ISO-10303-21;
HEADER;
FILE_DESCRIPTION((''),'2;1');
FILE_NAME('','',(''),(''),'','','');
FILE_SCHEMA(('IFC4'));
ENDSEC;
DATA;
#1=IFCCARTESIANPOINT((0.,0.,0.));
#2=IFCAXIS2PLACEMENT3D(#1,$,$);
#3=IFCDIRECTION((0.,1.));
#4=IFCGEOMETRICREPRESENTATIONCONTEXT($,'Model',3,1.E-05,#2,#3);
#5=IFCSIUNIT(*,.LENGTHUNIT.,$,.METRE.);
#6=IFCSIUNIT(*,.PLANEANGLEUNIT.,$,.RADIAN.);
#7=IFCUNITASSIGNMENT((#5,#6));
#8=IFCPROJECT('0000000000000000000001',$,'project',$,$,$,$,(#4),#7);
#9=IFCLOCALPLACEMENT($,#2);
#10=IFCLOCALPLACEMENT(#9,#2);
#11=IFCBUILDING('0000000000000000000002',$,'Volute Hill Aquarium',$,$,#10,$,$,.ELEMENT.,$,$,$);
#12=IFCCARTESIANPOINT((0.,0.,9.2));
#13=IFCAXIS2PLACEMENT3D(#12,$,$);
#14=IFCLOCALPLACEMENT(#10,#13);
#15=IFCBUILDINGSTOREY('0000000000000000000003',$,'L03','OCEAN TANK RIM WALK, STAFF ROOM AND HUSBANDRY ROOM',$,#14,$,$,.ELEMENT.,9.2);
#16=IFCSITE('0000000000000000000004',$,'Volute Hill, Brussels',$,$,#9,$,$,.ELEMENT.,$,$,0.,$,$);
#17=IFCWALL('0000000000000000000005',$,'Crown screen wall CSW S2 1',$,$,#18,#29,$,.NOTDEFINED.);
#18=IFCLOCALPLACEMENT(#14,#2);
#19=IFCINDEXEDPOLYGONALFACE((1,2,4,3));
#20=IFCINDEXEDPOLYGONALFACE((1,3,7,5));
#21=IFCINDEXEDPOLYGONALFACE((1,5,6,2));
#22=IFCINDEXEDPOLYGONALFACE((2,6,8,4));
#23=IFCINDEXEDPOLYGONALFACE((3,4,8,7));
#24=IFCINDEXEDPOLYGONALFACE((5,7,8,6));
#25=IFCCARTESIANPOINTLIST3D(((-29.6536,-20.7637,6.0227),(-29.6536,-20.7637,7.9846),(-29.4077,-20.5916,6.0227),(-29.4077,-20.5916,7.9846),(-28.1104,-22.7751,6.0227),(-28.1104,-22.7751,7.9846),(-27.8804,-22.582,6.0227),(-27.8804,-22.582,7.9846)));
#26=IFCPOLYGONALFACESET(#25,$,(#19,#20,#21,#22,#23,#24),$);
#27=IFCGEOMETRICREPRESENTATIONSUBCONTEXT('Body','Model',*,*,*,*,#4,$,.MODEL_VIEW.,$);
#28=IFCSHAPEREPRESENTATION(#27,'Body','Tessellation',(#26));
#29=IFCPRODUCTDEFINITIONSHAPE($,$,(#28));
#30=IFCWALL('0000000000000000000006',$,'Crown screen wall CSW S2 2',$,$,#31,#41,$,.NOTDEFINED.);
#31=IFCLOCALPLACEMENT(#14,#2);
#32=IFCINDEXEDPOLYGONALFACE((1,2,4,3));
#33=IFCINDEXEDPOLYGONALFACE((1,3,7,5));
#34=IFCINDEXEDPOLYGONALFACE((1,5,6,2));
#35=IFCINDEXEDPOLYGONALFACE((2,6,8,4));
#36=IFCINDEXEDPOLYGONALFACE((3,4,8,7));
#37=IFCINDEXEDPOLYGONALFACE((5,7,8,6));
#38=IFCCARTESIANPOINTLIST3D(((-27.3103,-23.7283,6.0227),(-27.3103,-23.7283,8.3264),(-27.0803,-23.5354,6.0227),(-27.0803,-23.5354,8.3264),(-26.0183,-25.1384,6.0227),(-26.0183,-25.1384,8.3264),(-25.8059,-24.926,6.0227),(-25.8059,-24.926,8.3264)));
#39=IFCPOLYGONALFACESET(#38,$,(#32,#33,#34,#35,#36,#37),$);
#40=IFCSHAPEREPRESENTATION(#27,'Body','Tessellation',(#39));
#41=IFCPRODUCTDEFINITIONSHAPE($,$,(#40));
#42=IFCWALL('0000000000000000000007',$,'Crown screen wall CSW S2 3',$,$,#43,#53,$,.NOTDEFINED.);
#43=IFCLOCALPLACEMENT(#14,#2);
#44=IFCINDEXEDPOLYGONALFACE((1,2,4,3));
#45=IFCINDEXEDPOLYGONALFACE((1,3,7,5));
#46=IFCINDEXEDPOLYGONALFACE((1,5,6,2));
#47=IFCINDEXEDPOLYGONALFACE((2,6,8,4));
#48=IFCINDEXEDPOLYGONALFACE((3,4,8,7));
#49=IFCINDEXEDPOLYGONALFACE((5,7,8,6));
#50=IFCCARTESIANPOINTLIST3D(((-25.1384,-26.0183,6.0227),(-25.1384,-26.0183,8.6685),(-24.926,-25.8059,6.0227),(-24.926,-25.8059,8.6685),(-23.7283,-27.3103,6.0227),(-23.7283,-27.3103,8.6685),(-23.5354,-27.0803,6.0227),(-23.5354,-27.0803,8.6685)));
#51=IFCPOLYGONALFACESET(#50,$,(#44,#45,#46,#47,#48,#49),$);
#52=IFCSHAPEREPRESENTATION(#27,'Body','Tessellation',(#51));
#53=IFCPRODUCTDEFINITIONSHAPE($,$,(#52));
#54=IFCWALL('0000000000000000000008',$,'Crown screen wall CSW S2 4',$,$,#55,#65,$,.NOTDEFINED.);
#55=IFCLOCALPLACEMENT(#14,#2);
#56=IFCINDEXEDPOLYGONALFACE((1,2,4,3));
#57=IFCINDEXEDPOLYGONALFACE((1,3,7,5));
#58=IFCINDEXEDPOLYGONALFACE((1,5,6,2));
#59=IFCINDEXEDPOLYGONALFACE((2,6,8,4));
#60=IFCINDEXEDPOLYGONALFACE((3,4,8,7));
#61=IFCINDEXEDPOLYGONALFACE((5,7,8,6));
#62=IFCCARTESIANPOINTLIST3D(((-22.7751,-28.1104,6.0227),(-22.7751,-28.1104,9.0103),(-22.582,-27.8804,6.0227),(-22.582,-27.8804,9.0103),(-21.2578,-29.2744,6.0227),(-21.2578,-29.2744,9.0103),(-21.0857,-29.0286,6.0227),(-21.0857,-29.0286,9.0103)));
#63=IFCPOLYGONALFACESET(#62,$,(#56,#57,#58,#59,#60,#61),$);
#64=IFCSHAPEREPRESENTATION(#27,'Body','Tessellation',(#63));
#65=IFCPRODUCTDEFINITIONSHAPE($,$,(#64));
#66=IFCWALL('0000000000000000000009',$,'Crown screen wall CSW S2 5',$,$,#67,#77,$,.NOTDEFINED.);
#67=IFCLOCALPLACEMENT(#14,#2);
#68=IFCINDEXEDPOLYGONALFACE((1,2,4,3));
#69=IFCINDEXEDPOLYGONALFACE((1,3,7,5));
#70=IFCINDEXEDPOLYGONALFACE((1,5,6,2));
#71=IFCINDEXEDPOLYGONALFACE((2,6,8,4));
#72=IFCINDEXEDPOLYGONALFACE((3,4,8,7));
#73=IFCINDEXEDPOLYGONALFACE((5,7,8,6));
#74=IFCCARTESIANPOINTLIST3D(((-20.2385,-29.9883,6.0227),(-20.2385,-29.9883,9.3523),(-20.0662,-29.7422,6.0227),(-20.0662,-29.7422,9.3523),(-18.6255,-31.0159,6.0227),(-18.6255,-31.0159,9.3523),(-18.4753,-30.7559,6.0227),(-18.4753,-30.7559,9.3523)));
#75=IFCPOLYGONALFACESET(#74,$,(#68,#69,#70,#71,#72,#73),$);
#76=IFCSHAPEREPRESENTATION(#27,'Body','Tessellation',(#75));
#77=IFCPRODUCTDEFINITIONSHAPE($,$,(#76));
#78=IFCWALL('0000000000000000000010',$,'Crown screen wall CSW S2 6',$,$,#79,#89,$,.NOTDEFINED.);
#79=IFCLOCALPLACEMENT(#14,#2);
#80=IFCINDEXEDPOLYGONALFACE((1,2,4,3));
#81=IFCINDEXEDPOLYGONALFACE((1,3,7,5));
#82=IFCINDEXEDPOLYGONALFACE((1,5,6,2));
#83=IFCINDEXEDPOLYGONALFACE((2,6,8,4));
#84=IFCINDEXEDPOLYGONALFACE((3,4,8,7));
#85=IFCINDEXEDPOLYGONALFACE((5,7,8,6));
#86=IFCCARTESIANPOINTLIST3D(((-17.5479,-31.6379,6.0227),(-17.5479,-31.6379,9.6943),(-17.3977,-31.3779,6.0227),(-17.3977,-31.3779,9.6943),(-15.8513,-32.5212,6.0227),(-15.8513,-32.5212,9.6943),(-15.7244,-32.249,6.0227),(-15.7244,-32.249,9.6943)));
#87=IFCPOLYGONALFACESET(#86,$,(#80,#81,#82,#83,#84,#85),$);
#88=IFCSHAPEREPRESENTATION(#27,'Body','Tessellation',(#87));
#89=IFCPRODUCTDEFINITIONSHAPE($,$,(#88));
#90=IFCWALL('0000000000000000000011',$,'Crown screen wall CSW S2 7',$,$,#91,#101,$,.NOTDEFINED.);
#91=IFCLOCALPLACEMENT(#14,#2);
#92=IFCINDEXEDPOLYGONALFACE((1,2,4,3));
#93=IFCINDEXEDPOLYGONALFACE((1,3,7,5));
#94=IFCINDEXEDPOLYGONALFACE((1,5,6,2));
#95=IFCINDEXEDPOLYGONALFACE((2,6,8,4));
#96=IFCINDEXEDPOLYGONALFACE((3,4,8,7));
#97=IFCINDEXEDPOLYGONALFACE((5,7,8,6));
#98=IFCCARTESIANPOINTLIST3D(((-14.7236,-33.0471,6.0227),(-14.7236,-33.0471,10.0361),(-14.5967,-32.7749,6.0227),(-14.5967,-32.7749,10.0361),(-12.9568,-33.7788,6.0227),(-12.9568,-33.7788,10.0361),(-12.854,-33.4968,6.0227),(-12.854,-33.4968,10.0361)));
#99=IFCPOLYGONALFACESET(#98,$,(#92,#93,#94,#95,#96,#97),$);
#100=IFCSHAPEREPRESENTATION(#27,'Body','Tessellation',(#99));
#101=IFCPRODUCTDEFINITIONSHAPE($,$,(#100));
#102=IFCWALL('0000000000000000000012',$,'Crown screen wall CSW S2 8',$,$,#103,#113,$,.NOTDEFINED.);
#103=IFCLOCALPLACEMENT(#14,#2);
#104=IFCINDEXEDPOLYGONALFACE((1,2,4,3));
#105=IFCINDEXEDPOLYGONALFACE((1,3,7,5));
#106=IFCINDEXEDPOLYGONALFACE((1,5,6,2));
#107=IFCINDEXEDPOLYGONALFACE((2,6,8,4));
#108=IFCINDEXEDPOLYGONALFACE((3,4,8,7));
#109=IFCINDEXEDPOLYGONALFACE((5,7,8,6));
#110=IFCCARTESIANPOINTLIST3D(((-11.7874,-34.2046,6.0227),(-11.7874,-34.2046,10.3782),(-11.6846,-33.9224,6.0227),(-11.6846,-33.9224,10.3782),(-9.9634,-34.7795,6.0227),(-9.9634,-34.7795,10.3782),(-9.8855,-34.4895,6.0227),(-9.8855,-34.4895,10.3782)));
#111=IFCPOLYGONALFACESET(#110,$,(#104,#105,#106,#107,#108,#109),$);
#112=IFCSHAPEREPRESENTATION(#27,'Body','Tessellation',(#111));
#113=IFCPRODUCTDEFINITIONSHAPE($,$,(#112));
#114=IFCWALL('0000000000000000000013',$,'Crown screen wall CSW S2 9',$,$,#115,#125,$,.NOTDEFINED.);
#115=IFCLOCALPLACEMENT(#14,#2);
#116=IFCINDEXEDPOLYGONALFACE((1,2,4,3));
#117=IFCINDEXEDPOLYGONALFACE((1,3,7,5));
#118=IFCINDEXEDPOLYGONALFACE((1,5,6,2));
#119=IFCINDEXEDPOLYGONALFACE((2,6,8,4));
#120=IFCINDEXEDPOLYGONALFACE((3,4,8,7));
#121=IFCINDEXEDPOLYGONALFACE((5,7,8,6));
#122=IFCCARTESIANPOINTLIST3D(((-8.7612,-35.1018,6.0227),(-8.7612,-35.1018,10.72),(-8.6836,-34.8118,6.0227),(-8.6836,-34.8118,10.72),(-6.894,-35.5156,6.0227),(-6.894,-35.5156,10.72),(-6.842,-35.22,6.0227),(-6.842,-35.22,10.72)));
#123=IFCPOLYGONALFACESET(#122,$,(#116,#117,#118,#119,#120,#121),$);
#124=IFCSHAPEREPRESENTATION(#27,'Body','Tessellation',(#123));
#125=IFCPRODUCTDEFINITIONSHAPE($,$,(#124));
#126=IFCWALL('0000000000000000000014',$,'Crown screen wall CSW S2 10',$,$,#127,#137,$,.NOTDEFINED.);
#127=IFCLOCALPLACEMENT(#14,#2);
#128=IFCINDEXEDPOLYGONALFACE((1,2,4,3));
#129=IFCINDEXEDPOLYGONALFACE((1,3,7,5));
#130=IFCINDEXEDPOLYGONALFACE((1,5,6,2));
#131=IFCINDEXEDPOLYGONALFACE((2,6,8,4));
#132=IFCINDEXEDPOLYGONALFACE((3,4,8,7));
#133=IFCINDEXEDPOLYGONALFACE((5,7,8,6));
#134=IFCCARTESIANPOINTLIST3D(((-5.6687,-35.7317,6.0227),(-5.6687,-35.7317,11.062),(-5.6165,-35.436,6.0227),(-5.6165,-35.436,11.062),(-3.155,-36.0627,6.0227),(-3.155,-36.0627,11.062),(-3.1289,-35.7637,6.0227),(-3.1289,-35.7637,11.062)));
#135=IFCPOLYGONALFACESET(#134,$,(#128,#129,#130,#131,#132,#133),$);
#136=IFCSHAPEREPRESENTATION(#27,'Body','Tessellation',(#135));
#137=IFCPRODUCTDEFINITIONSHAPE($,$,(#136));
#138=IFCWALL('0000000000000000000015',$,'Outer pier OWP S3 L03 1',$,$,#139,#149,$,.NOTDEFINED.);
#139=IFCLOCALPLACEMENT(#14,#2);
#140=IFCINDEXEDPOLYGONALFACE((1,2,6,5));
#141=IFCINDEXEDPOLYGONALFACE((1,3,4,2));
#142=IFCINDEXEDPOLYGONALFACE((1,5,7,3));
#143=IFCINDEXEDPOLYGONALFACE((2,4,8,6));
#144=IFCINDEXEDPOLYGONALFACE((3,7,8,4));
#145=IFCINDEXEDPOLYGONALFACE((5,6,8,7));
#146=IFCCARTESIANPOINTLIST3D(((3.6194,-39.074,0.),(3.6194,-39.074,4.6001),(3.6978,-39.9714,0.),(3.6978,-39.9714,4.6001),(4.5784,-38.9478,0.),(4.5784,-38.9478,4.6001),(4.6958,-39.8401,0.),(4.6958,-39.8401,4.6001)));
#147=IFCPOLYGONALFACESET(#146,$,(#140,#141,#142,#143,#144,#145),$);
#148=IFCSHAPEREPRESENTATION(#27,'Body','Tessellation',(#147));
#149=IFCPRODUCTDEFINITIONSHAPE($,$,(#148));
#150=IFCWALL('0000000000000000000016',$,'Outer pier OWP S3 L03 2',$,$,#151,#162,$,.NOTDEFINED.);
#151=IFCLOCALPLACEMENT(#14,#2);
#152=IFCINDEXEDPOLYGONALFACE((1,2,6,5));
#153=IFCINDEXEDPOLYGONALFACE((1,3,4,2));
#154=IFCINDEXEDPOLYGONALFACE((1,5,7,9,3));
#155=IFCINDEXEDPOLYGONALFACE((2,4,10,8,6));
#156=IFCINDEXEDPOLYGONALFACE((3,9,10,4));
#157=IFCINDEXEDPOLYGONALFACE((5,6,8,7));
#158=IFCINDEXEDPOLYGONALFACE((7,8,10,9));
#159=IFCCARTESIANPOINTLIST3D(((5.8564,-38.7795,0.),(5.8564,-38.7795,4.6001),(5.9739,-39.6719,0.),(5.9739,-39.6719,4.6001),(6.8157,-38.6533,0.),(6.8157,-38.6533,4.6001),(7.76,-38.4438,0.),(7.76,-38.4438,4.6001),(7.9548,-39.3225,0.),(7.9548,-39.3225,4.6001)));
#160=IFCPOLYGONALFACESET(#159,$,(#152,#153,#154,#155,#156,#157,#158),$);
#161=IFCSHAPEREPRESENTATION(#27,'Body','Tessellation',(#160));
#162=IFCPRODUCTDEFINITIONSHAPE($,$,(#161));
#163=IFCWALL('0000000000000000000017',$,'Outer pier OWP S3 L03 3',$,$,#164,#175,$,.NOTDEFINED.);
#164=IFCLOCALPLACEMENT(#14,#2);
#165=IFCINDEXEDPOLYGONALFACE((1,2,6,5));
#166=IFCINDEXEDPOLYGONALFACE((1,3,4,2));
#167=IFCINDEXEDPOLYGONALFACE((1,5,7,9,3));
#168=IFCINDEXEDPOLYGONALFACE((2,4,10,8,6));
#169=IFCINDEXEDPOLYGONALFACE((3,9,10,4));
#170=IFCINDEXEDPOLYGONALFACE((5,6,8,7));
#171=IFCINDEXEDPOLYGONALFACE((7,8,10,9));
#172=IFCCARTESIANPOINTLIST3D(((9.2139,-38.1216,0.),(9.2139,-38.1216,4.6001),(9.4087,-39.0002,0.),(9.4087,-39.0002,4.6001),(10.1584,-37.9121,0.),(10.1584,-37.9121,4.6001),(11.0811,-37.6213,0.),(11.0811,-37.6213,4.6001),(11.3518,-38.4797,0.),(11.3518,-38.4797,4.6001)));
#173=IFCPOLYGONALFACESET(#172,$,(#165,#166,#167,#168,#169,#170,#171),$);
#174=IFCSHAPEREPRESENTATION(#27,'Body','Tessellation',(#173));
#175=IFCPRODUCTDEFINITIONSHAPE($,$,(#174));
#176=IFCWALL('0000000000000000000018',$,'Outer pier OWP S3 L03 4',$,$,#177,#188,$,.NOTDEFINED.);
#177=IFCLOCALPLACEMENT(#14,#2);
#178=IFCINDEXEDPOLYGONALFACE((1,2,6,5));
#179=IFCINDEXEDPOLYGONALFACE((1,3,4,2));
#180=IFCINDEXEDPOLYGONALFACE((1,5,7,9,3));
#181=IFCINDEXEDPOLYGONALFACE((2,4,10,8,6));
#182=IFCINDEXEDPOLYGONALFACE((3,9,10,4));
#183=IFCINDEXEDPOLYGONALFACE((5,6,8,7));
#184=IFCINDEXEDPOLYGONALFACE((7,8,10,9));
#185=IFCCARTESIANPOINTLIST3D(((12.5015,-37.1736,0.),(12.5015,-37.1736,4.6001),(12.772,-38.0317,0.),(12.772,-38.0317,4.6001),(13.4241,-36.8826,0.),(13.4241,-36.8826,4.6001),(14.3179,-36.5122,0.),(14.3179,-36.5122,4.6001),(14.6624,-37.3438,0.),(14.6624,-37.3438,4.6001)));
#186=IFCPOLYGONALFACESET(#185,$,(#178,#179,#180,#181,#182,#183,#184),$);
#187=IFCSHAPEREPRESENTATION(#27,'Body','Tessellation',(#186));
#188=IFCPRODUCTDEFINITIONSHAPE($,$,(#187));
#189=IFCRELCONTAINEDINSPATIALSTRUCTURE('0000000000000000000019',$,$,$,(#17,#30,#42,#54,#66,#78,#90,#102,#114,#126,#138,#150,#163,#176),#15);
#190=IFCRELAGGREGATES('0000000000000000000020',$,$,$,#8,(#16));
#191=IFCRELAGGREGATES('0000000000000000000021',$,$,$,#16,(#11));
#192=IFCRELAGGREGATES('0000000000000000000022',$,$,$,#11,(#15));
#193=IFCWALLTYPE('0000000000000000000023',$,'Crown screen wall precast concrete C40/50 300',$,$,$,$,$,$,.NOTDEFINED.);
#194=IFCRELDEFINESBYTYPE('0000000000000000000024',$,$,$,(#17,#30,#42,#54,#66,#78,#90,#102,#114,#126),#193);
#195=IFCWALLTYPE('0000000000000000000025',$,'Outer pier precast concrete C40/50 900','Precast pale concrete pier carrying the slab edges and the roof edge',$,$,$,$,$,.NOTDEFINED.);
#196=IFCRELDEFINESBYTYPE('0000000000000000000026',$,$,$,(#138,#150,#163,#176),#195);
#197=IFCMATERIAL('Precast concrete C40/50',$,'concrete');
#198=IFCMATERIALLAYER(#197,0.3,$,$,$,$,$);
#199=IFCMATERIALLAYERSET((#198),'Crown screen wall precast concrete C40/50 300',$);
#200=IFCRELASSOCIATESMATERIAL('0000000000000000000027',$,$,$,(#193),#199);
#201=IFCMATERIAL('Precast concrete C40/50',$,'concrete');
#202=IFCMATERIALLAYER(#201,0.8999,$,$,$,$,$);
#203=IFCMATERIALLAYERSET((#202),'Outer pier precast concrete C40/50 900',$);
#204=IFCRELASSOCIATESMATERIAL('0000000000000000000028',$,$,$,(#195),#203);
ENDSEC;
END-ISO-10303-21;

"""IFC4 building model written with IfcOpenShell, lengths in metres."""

from ifc_helpers import new_model, si_unit, direction, frame, origin, place, context, subcontext, project, spatial, polyline, outline, extrude, material, layer, layer_set, type_object, element, save


model = new_model("IFC4")

# Units and contexts
model_context = context("Model", 3, precision=1e-05, world=origin(), true_north=direction((0.0, 1.0)))
body_context = subcontext(model_context, "Body", "Model", "MODEL_VIEW")
ifc_project = project(units=[si_unit("LENGTHUNIT", "METRE"), si_unit("PLANEANGLEUNIT", "RADIAN")], contexts=[model_context])

# Site, building, storey
site_placement = place(None, origin())
site = spatial("IfcSite", under=ifc_project, at=site_placement, Name="Volute Hill, Brussels", CompositionType="ELEMENT", RefElevation=0.0)
building_placement = place(site_placement, origin())
building = spatial("IfcBuilding", under=site, at=building_placement, Name="Volute Hill Aquarium", CompositionType="ELEMENT")
storey_placement = place(building_placement, frame((0.0, 0.0, 9.2)))
storey = spatial("IfcBuildingStorey", under=building, at=storey_placement, Name="L03", Description="OCEAN TANK RIM WALK, STAFF ROOM AND HUSBANDRY ROOM", CompositionType="ELEMENT", Elevation=9.2)

# Walls
ifc_material_1 = material(Name="Precast concrete C40/50", Category="concrete")
ifc_layer_1 = layer(ifc_material_1, 0.3)
ifc_layer_set_1 = layer_set([ifc_layer_1], Name="Crown screen wall precast concrete C40/50 300")
wall_type_1 = type_object("IfcWallType", Name="Crown screen wall precast concrete C40/50 300", PredefinedType="NOTDEFINED", material=ifc_layer_set_1)
wall_1_placement = place(storey_placement, frame((0.0, 0.0, 6.0227)))
element("IfcWall", 1, at=wall_1_placement, inside=storey, type_object=wall_type_1, Name="Crown screen wall CSW S2 1", PredefinedType="NOTDEFINED", context=body_context, shape_type="SweptSolid", body=[
    extrude(outline(polyline([(-29.6536, -20.7637), (-28.1104, -22.7751), (-27.8804, -22.582), (-29.4077, -20.5916), (-29.6536, -20.7637)])), origin(), (0.0, 0.0, 1.0), 1.9619),
])
wall_2_placement = place(storey_placement, frame((0.0, 0.0, 6.0227)))
element("IfcWall", 2, at=wall_2_placement, inside=storey, type_object=wall_type_1, Name="Crown screen wall CSW S2 2", PredefinedType="NOTDEFINED", context=body_context, shape_type="SweptSolid", body=[
    extrude(outline(polyline([(-27.3103, -23.7283), (-26.0183, -25.1384), (-25.8059, -24.926), (-27.0803, -23.5354), (-27.3103, -23.7283)])), origin(), (0.0, 0.0, 1.0), 2.3037),
])
wall_3_placement = place(storey_placement, frame((0.0, 0.0, 6.0227)))
element("IfcWall", 3, at=wall_3_placement, inside=storey, type_object=wall_type_1, Name="Crown screen wall CSW S2 3", PredefinedType="NOTDEFINED", context=body_context, shape_type="SweptSolid", body=[
    extrude(outline(polyline([(-25.1384, -26.0183), (-23.7283, -27.3103), (-23.5354, -27.0803), (-24.926, -25.8059), (-25.1384, -26.0183)])), origin(), (0.0, 0.0, 1.0), 2.6458),
])
wall_4_placement = place(storey_placement, frame((0.0, 0.0, 6.0227)))
element("IfcWall", 4, at=wall_4_placement, inside=storey, type_object=wall_type_1, Name="Crown screen wall CSW S2 4", PredefinedType="NOTDEFINED", context=body_context, shape_type="SweptSolid", body=[
    extrude(outline(polyline([(-22.7751, -28.1104), (-21.2578, -29.2744), (-21.0857, -29.0286), (-22.582, -27.8804), (-22.7751, -28.1104)])), origin(), (0.0, 0.0, 1.0), 2.9875),
])
wall_5_placement = place(storey_placement, frame((0.0, 0.0, 6.0227)))
element("IfcWall", 5, at=wall_5_placement, inside=storey, type_object=wall_type_1, Name="Crown screen wall CSW S2 5", PredefinedType="NOTDEFINED", context=body_context, shape_type="SweptSolid", body=[
    extrude(outline(polyline([(-20.2385, -29.9883), (-18.6255, -31.0159), (-18.4753, -30.7559), (-20.0662, -29.7422), (-20.2385, -29.9883)])), origin(), (0.0, 0.0, 1.0), 3.3296),
])
wall_6_placement = place(storey_placement, frame((0.0, 0.0, 6.0227)))
element("IfcWall", 6, at=wall_6_placement, inside=storey, type_object=wall_type_1, Name="Crown screen wall CSW S2 6", PredefinedType="NOTDEFINED", context=body_context, shape_type="SweptSolid", body=[
    extrude(outline(polyline([(-17.5479, -31.6379), (-15.8513, -32.5212), (-15.7244, -32.249), (-17.3977, -31.3779), (-17.5479, -31.6379)])), origin(), (0.0, 0.0, 1.0), 3.6716),
])
wall_7_placement = place(storey_placement, frame((0.0, 0.0, 6.0227)))
element("IfcWall", 7, at=wall_7_placement, inside=storey, type_object=wall_type_1, Name="Crown screen wall CSW S2 7", PredefinedType="NOTDEFINED", context=body_context, shape_type="SweptSolid", body=[
    extrude(outline(polyline([(-14.7236, -33.0471), (-12.9568, -33.7788), (-12.854, -33.4968), (-14.5967, -32.7749), (-14.7236, -33.0471)])), origin(), (0.0, 0.0, 1.0), 4.0134),
])
wall_8_placement = place(storey_placement, frame((0.0, 0.0, 6.0227)))
element("IfcWall", 8, at=wall_8_placement, inside=storey, type_object=wall_type_1, Name="Crown screen wall CSW S2 8", PredefinedType="NOTDEFINED", context=body_context, shape_type="SweptSolid", body=[
    extrude(outline(polyline([(-11.7874, -34.2046), (-9.9634, -34.7795), (-9.8855, -34.4895), (-11.6846, -33.9224), (-11.7874, -34.2046)])), origin(), (0.0, 0.0, 1.0), 4.3555),
])
wall_9_placement = place(storey_placement, frame((0.0, 0.0, 6.0227)))
element("IfcWall", 9, at=wall_9_placement, inside=storey, type_object=wall_type_1, Name="Crown screen wall CSW S2 9", PredefinedType="NOTDEFINED", context=body_context, shape_type="SweptSolid", body=[
    extrude(outline(polyline([(-8.7612, -35.1018), (-6.894, -35.5156), (-6.842, -35.22), (-8.6836, -34.8118), (-8.7612, -35.1018)])), origin(), (0.0, 0.0, 1.0), 4.6973),
])
wall_10_placement = place(storey_placement, frame((0.0, 0.0, 6.0227)))
element("IfcWall", 10, at=wall_10_placement, inside=storey, type_object=wall_type_1, Name="Crown screen wall CSW S2 10", PredefinedType="NOTDEFINED", context=body_context, shape_type="SweptSolid", body=[
    extrude(outline(polyline([(-5.6687, -35.7317), (-3.155, -36.0627), (-3.1289, -35.7637), (-5.6165, -35.436), (-5.6687, -35.7317)])), origin(), (0.0, 0.0, 1.0), 5.0393),
])
ifc_material_2 = material(Name="Precast concrete C40/50", Category="concrete")
ifc_layer_2 = layer(ifc_material_2, 0.8999)
ifc_layer_set_2 = layer_set([ifc_layer_2], Name="Outer pier precast concrete C40/50 900")
wall_type_2 = type_object("IfcWallType", Name="Outer pier precast concrete C40/50 900", Description="Precast pale concrete pier carrying the slab edges and the roof edge", PredefinedType="NOTDEFINED", material=ifc_layer_set_2)
wall_11_placement = place(storey_placement, origin())
element("IfcWall", 11, at=wall_11_placement, inside=storey, type_object=wall_type_2, Name="Outer pier OWP S3 L03 1", PredefinedType="NOTDEFINED", context=body_context, shape_type="SweptSolid", body=[
    extrude(outline(polyline([(3.6194, -39.074), (3.6978, -39.9714), (4.6958, -39.8401), (4.5784, -38.9478), (3.6194, -39.074)])), origin(), (0.0, 0.0, 1.0), 4.6001),
])
wall_12_placement = place(storey_placement, origin())
element("IfcWall", 12, at=wall_12_placement, inside=storey, type_object=wall_type_2, Name="Outer pier OWP S3 L03 2", PredefinedType="NOTDEFINED", context=body_context, shape_type="SweptSolid", body=[
    extrude(outline(polyline([(5.8564, -38.7795), (5.9739, -39.6719), (7.9548, -39.3225), (7.76, -38.4438), (6.8157, -38.6533), (5.8564, -38.7795)])), origin(), (0.0, 0.0, 1.0), 4.6001),
])
wall_13_placement = place(storey_placement, origin())
element("IfcWall", 13, at=wall_13_placement, inside=storey, type_object=wall_type_2, Name="Outer pier OWP S3 L03 3", PredefinedType="NOTDEFINED", context=body_context, shape_type="SweptSolid", body=[
    extrude(outline(polyline([(9.2139, -38.1216), (9.4087, -39.0002), (11.3518, -38.4797), (11.0811, -37.6213), (10.1584, -37.9121), (9.2139, -38.1216)])), origin(), (0.0, 0.0, 1.0), 4.6001),
])
wall_14_placement = place(storey_placement, origin())
element("IfcWall", 14, at=wall_14_placement, inside=storey, type_object=wall_type_2, Name="Outer pier OWP S3 L03 4", PredefinedType="NOTDEFINED", context=body_context, shape_type="SweptSolid", body=[
    extrude(outline(polyline([(12.5015, -37.1736), (12.772, -38.0317), (14.6624, -37.3438), (14.3179, -36.5122), (13.4241, -36.8826), (12.5015, -37.1736)])), origin(), (0.0, 0.0, 1.0), 4.6001),
])

save(model, "model.ifc")
